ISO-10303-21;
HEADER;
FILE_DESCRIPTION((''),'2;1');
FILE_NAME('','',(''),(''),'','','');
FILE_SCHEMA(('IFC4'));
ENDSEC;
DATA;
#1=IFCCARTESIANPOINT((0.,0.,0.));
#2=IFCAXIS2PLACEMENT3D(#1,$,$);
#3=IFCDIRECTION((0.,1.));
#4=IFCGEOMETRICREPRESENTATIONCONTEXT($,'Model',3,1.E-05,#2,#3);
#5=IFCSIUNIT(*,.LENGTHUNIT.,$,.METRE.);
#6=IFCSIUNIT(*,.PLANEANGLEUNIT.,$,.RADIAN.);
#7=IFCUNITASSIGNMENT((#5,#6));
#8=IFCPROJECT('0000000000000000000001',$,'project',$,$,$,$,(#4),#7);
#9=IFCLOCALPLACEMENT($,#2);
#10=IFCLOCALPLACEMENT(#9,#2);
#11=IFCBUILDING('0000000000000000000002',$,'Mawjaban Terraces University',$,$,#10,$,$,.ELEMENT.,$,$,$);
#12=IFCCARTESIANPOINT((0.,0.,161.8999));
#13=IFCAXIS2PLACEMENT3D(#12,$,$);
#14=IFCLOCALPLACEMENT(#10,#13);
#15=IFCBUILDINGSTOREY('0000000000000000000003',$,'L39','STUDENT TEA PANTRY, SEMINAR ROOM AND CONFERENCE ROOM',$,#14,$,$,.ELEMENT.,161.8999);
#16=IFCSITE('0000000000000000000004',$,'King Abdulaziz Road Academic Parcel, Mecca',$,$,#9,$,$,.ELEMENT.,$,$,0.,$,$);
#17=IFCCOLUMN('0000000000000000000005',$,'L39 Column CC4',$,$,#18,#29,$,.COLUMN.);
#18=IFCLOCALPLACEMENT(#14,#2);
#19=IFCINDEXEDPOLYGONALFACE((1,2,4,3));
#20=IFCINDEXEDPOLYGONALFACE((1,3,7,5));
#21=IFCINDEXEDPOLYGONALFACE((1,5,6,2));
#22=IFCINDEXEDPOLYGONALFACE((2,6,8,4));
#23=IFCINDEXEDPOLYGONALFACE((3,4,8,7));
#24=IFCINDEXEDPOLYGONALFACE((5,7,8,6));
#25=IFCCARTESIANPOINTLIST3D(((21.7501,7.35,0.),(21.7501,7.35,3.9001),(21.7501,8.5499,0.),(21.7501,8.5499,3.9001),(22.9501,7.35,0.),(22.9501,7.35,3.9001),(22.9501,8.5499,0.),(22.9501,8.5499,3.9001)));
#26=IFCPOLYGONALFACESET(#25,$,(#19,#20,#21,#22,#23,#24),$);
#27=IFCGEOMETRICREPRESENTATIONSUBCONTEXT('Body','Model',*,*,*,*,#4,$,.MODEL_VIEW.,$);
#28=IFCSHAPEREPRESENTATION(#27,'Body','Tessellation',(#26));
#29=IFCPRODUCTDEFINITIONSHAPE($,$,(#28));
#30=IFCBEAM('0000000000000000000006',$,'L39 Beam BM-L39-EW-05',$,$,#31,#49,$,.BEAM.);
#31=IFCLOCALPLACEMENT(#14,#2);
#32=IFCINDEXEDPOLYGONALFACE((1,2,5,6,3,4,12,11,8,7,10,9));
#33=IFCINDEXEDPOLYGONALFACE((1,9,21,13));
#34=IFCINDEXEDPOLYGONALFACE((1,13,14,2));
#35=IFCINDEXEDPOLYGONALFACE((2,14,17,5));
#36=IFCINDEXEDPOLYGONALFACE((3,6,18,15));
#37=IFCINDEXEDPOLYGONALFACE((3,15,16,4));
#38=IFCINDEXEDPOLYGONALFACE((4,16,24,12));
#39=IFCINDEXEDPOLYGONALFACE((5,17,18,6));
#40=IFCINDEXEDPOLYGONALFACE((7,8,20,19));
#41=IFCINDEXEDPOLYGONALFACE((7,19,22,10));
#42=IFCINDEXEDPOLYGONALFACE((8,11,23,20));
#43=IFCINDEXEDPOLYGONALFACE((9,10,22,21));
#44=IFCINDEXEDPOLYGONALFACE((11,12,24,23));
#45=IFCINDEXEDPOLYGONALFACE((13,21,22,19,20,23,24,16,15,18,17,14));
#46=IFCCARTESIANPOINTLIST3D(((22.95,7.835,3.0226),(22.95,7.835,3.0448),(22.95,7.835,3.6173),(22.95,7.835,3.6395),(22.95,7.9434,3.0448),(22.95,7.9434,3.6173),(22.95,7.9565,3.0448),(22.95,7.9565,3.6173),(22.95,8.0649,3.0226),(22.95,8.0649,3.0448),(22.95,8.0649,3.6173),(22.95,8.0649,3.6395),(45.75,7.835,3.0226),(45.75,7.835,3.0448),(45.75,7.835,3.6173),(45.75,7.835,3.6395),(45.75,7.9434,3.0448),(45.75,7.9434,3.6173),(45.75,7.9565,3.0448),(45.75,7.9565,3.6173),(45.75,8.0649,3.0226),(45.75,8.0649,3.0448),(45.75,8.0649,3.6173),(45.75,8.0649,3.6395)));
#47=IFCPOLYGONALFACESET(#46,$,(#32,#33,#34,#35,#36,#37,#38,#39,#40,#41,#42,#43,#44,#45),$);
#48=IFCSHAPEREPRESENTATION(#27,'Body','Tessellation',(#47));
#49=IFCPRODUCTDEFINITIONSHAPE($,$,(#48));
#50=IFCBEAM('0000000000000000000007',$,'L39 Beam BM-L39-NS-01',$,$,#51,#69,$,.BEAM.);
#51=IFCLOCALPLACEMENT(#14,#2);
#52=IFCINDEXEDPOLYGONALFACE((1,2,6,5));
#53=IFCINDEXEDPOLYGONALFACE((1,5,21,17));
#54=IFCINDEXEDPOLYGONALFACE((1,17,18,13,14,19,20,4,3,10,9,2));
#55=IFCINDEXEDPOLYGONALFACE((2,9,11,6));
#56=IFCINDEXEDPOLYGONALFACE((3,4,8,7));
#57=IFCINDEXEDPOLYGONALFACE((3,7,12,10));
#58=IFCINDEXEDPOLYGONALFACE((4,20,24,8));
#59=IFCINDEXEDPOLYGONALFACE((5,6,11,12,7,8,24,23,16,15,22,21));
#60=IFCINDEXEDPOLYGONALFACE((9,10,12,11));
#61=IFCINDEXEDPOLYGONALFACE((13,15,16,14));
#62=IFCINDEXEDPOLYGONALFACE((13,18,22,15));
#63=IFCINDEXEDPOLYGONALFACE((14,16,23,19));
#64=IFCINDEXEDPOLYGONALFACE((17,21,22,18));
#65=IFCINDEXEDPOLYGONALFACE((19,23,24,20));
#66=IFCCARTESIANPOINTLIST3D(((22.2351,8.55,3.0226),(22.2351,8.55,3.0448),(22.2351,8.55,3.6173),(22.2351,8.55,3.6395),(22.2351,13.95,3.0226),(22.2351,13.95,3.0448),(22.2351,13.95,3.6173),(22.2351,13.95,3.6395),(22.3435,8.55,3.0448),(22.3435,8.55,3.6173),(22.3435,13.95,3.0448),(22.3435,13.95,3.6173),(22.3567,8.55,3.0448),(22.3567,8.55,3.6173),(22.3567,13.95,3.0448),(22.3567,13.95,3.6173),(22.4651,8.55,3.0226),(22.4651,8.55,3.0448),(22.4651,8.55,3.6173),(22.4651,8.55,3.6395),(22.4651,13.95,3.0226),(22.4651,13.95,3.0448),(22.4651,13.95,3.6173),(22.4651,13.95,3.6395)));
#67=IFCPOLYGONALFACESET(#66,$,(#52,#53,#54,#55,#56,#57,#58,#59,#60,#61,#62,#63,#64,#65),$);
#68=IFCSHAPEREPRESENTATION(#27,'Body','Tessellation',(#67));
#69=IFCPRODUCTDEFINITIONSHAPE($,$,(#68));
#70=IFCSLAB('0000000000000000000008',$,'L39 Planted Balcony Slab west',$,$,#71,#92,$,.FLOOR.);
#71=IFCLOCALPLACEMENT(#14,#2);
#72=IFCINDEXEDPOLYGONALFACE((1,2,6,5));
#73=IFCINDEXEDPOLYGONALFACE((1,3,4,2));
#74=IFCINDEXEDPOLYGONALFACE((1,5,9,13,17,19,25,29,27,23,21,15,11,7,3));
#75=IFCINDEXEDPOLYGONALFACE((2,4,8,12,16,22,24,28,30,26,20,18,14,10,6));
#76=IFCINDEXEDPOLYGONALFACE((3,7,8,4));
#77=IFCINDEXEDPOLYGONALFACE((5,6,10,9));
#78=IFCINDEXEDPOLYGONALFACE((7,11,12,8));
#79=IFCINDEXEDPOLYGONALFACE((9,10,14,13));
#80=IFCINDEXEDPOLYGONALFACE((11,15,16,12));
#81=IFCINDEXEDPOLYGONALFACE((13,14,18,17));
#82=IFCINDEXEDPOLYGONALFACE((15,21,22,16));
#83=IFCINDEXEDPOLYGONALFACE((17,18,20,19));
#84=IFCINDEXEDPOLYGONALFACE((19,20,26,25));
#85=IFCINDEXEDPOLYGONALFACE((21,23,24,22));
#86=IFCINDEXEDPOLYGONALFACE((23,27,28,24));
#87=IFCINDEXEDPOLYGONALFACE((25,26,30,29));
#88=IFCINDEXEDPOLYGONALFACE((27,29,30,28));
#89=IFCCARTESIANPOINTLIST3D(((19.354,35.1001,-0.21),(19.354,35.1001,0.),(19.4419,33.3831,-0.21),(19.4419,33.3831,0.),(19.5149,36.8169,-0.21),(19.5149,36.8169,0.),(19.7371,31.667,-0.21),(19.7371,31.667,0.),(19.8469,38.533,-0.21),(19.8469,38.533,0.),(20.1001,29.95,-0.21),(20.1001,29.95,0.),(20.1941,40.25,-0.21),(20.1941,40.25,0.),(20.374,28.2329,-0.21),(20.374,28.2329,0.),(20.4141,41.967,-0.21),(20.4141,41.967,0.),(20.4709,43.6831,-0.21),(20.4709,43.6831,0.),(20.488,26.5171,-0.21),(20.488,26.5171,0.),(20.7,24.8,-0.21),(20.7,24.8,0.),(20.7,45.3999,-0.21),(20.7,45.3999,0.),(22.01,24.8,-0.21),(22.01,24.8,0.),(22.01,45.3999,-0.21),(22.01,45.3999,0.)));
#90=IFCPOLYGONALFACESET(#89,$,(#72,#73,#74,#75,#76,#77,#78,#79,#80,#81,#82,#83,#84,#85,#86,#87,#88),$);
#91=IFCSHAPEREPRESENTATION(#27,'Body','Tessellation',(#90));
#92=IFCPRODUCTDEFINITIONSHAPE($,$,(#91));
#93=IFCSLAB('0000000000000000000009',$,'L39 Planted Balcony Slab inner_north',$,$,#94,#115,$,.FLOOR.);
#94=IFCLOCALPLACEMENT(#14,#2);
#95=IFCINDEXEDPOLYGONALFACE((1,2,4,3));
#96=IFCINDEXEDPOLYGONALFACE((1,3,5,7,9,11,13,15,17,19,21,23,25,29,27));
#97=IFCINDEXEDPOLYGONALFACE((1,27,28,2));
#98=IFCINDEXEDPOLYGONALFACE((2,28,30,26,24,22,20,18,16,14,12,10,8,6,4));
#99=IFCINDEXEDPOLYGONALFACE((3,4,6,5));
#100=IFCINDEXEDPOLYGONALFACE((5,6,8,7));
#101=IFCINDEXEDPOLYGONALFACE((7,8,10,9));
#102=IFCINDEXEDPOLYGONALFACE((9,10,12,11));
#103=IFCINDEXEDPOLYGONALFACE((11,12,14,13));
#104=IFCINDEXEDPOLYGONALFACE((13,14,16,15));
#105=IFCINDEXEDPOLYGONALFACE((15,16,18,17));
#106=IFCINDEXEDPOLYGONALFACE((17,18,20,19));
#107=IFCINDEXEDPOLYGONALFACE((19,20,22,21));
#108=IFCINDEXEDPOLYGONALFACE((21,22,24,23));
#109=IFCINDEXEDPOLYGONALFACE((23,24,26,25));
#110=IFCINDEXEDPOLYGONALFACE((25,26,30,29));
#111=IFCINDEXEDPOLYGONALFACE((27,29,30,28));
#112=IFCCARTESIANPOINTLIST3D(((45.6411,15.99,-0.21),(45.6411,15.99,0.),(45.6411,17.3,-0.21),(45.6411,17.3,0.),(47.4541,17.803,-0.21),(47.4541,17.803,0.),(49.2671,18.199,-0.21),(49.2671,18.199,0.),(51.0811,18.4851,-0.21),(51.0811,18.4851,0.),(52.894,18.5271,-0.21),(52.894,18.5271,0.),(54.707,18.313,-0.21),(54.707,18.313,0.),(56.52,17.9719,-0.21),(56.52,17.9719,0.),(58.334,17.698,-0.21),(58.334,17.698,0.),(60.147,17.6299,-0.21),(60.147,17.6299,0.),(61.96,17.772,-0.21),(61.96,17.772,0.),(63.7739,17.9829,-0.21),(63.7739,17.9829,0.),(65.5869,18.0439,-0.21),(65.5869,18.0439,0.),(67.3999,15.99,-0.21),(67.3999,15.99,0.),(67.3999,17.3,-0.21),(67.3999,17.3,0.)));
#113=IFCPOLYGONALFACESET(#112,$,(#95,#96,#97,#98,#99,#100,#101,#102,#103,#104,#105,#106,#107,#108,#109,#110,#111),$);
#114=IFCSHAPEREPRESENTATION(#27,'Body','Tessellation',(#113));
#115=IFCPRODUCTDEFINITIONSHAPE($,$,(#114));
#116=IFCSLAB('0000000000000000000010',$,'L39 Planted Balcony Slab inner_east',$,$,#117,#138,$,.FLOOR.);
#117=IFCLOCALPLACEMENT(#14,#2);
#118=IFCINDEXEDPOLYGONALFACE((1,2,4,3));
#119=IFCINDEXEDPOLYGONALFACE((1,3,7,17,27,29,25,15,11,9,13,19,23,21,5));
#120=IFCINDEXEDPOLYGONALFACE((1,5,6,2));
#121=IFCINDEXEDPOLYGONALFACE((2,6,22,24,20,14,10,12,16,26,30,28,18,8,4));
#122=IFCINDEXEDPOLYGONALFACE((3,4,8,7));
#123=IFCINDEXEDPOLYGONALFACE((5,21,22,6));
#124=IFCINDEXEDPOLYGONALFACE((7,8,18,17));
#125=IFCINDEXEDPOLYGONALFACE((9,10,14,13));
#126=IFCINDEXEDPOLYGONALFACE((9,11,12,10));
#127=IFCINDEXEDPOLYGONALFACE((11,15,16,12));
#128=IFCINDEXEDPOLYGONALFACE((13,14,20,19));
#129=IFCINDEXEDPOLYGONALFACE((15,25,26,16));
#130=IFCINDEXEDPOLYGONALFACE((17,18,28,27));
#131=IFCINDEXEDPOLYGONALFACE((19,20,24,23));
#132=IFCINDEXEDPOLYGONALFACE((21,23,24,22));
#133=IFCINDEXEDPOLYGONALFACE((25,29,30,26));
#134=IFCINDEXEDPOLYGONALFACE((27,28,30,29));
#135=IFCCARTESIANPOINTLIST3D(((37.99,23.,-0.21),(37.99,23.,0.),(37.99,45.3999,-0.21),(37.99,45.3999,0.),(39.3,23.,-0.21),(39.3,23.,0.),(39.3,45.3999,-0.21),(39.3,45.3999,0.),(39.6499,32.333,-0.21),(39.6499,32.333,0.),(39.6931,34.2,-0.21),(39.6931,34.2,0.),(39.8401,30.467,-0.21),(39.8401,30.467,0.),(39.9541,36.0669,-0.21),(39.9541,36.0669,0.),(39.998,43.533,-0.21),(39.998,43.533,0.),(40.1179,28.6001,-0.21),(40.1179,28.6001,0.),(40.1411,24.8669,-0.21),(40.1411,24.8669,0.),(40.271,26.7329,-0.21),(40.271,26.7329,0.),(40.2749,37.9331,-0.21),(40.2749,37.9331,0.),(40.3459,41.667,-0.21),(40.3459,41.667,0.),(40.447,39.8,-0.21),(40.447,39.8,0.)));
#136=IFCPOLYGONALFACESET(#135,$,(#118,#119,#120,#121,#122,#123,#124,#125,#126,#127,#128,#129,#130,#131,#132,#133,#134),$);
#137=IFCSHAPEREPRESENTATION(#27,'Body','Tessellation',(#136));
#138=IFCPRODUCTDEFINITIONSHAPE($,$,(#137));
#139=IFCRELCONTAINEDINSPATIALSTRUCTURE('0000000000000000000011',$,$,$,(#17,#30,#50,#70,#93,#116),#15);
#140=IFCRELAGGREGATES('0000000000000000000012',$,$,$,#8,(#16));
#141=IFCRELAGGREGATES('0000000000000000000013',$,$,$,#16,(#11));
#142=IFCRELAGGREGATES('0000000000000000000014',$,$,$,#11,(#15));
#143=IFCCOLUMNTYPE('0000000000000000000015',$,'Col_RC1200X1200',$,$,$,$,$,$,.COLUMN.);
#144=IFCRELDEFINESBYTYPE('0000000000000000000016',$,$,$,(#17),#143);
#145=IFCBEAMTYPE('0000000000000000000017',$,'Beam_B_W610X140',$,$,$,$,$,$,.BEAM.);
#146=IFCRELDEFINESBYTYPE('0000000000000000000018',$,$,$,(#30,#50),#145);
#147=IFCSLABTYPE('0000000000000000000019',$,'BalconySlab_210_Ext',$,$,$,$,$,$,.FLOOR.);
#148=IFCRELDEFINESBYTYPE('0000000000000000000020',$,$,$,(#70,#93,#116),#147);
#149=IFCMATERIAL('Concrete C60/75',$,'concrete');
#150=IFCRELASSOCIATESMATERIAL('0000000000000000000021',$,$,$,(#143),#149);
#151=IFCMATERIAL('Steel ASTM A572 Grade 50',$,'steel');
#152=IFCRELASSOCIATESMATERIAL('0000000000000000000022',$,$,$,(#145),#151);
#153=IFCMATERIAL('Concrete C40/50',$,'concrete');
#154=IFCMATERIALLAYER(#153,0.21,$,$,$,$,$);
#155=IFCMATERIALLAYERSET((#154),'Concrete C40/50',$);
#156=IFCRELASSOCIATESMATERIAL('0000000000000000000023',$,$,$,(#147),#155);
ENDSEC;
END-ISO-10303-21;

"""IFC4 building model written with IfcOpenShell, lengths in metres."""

from ifc_helpers import new_model, si_unit, direction, frame, origin, origin_2d, place, context, subcontext, project, spatial, polyline, rectangle, i_section, outline, extrude, material, layer, layer_set, material_profile, profile_set, type_object, element, save


model = new_model("IFC4")

# Units and contexts
model_context = context("Model", 3, precision=1e-05, world=origin(), true_north=direction((0.0, 1.0)))
body_context = subcontext(model_context, "Body", "Model", "MODEL_VIEW")
ifc_project = project(units=[si_unit("LENGTHUNIT", "METRE"), si_unit("PLANEANGLEUNIT", "RADIAN")], contexts=[model_context])

# Site, building, storey
site_placement = place(None, origin())
site = spatial("IfcSite", under=ifc_project, at=site_placement, Name="King Abdulaziz Road Academic Parcel, Mecca", CompositionType="ELEMENT", RefElevation=0.0)
building_placement = place(site_placement, origin())
building = spatial("IfcBuilding", under=site, at=building_placement, Name="Mawjaban Terraces University", CompositionType="ELEMENT")
storey_placement = place(building_placement, frame((0.0, 0.0, 161.8999)))
storey = spatial("IfcBuildingStorey", under=building, at=storey_placement, Name="L39", Description="STUDENT TEA PANTRY, SEMINAR ROOM AND CONFERENCE ROOM", CompositionType="ELEMENT", Elevation=161.8999)

# Column
ifc_material_1 = material(Name="Concrete C60/75", Category="concrete")
ifc_material_profile_1 = material_profile(ifc_material_1, rectangle(XDim=1.2, YDim=1.2, at=origin_2d()), Name="RC1200X1200")
ifc_profile_set_1 = profile_set([ifc_material_profile_1], Name="Concrete C60/75")
column_type = type_object("IfcColumnType", Name="Col_RC1200X1200", PredefinedType="COLUMN", material=ifc_profile_set_1)
column_placement = place(storey_placement, frame((22.3501, 7.95, 0.0), z_axis=(0.0, 0.0, 1.0), x_axis=(1.0, 0.0, 0.0)))
element("IfcColumn", 1, at=column_placement, inside=storey, type_object=column_type, Name="L39 Column CC4", PredefinedType="COLUMN", context=body_context, shape_type="SweptSolid", body=[
    extrude(rectangle(XDim=1.2, YDim=1.2, at=origin_2d()), origin(), (0.0, 0.0, 1.0), 3.9001),
])

# Beams
ifc_material_2 = material(Name="Steel ASTM A572 Grade 50", Category="steel")
ifc_material_profile_2 = material_profile(ifc_material_2, i_section(OverallWidth=0.23, OverallDepth=0.6169, WebThickness=0.0132, FlangeThickness=0.0222, at=origin_2d()), Name="W610X140")
ifc_profile_set_2 = profile_set([ifc_material_profile_2], Name="Steel ASTM A572 Grade 50")
beam_type = type_object("IfcBeamType", Name="Beam_B_W610X140", PredefinedType="BEAM", material=ifc_profile_set_2)
beam_1_placement = place(storey_placement, frame((22.95, 7.95, 3.3311), z_axis=(1.0, 0.0, 0.0), x_axis=(0.0, 1.0, 0.0)))
element("IfcBeam", 2, at=beam_1_placement, inside=storey, type_object=beam_type, Name="L39 Beam BM-L39-EW-05", PredefinedType="BEAM", context=body_context, shape_type="SweptSolid", body=[
    extrude(i_section(OverallWidth=0.23, OverallDepth=0.6169, WebThickness=0.0132, FlangeThickness=0.0222, at=origin_2d()), origin(), (0.0, 0.0, 1.0), 22.8),
])
beam_2_placement = place(storey_placement, frame((22.3501, 8.55, 3.3311), z_axis=(0.0, 1.0, 0.0), x_axis=(-1.0, 0.0, 0.0)))
element("IfcBeam", 3, at=beam_2_placement, inside=storey, type_object=beam_type, Name="L39 Beam BM-L39-NS-01", PredefinedType="BEAM", context=body_context, shape_type="SweptSolid", body=[
    extrude(i_section(OverallWidth=0.23, OverallDepth=0.6169, WebThickness=0.0132, FlangeThickness=0.0222, at=origin_2d()), origin(), (0.0, 0.0, 1.0), 5.3999),
])

# Slabs
ifc_material_3 = material(Name="Concrete C40/50", Category="concrete")
ifc_layer_1 = layer(ifc_material_3, 0.21)
ifc_layer_set_1 = layer_set([ifc_layer_1], Name="Concrete C40/50")
slab_type_1 = type_object("IfcSlabType", Name="BalconySlab_210_Ext", PredefinedType="FLOOR", material=ifc_layer_set_1)
slab_1_placement = place(storey_placement, frame((0.0, 0.0, -0.21)))
element("IfcSlab", 4, at=slab_1_placement, inside=storey, type_object=slab_type_1, Name="L39 Planted Balcony Slab west", PredefinedType="FLOOR", context=body_context, shape_type="SweptSolid", body=[
    extrude(outline(polyline([(22.01, 24.8), (22.01, 45.3999), (20.7, 45.3999), (20.4709, 43.6831), (20.4141, 41.967), (20.1941, 40.25), (19.8469, 38.533), (19.5149, 36.8169), (19.354, 35.1001), (19.4419, 33.3831), (19.7371, 31.667), (20.1001, 29.95), (20.374, 28.2329), (20.488, 26.5171), (20.7, 24.8), (22.01, 24.8)])), origin(), (0.0, 0.0, 1.0), 0.21),
])
slab_2_placement = place(storey_placement, frame((0.0, 0.0, -0.21)))
element("IfcSlab", 5, at=slab_2_placement, inside=storey, type_object=slab_type_1, Name="L39 Planted Balcony Slab inner_north", PredefinedType="FLOOR", context=body_context, shape_type="SweptSolid", body=[
    extrude(outline(polyline([(45.6411, 15.99), (67.3999, 15.99), (67.3999, 17.3), (65.5869, 18.0439), (63.7739, 17.9829), (61.96, 17.772), (60.147, 17.6299), (58.334, 17.698), (56.52, 17.9719), (54.707, 18.313), (52.894, 18.5271), (51.0811, 18.4851), (49.2671, 18.199), (47.4541, 17.803), (45.6411, 17.3), (45.6411, 15.99)])), origin(), (0.0, 0.0, 1.0), 0.21),
])
slab_3_placement = place(storey_placement, frame((0.0, 0.0, -0.21)))
element("IfcSlab", 6, at=slab_3_placement, inside=storey, type_object=slab_type_1, Name="L39 Planted Balcony Slab inner_east", PredefinedType="FLOOR", context=body_context, shape_type="SweptSolid", body=[
    extrude(outline(polyline([(39.3, 23.0), (40.1411, 24.8669), (40.271, 26.7329), (40.1179, 28.6001), (39.8401, 30.467), (39.6499, 32.333), (39.6931, 34.2), (39.9541, 36.0669), (40.2749, 37.9331), (40.447, 39.8), (40.3459, 41.667), (39.998, 43.533), (39.3, 45.3999), (37.99, 45.3999), (37.99, 23.0), (39.3, 23.0)])), origin(), (0.0, 0.0, 1.0), 0.21),
])

save(model, "model.ifc")
